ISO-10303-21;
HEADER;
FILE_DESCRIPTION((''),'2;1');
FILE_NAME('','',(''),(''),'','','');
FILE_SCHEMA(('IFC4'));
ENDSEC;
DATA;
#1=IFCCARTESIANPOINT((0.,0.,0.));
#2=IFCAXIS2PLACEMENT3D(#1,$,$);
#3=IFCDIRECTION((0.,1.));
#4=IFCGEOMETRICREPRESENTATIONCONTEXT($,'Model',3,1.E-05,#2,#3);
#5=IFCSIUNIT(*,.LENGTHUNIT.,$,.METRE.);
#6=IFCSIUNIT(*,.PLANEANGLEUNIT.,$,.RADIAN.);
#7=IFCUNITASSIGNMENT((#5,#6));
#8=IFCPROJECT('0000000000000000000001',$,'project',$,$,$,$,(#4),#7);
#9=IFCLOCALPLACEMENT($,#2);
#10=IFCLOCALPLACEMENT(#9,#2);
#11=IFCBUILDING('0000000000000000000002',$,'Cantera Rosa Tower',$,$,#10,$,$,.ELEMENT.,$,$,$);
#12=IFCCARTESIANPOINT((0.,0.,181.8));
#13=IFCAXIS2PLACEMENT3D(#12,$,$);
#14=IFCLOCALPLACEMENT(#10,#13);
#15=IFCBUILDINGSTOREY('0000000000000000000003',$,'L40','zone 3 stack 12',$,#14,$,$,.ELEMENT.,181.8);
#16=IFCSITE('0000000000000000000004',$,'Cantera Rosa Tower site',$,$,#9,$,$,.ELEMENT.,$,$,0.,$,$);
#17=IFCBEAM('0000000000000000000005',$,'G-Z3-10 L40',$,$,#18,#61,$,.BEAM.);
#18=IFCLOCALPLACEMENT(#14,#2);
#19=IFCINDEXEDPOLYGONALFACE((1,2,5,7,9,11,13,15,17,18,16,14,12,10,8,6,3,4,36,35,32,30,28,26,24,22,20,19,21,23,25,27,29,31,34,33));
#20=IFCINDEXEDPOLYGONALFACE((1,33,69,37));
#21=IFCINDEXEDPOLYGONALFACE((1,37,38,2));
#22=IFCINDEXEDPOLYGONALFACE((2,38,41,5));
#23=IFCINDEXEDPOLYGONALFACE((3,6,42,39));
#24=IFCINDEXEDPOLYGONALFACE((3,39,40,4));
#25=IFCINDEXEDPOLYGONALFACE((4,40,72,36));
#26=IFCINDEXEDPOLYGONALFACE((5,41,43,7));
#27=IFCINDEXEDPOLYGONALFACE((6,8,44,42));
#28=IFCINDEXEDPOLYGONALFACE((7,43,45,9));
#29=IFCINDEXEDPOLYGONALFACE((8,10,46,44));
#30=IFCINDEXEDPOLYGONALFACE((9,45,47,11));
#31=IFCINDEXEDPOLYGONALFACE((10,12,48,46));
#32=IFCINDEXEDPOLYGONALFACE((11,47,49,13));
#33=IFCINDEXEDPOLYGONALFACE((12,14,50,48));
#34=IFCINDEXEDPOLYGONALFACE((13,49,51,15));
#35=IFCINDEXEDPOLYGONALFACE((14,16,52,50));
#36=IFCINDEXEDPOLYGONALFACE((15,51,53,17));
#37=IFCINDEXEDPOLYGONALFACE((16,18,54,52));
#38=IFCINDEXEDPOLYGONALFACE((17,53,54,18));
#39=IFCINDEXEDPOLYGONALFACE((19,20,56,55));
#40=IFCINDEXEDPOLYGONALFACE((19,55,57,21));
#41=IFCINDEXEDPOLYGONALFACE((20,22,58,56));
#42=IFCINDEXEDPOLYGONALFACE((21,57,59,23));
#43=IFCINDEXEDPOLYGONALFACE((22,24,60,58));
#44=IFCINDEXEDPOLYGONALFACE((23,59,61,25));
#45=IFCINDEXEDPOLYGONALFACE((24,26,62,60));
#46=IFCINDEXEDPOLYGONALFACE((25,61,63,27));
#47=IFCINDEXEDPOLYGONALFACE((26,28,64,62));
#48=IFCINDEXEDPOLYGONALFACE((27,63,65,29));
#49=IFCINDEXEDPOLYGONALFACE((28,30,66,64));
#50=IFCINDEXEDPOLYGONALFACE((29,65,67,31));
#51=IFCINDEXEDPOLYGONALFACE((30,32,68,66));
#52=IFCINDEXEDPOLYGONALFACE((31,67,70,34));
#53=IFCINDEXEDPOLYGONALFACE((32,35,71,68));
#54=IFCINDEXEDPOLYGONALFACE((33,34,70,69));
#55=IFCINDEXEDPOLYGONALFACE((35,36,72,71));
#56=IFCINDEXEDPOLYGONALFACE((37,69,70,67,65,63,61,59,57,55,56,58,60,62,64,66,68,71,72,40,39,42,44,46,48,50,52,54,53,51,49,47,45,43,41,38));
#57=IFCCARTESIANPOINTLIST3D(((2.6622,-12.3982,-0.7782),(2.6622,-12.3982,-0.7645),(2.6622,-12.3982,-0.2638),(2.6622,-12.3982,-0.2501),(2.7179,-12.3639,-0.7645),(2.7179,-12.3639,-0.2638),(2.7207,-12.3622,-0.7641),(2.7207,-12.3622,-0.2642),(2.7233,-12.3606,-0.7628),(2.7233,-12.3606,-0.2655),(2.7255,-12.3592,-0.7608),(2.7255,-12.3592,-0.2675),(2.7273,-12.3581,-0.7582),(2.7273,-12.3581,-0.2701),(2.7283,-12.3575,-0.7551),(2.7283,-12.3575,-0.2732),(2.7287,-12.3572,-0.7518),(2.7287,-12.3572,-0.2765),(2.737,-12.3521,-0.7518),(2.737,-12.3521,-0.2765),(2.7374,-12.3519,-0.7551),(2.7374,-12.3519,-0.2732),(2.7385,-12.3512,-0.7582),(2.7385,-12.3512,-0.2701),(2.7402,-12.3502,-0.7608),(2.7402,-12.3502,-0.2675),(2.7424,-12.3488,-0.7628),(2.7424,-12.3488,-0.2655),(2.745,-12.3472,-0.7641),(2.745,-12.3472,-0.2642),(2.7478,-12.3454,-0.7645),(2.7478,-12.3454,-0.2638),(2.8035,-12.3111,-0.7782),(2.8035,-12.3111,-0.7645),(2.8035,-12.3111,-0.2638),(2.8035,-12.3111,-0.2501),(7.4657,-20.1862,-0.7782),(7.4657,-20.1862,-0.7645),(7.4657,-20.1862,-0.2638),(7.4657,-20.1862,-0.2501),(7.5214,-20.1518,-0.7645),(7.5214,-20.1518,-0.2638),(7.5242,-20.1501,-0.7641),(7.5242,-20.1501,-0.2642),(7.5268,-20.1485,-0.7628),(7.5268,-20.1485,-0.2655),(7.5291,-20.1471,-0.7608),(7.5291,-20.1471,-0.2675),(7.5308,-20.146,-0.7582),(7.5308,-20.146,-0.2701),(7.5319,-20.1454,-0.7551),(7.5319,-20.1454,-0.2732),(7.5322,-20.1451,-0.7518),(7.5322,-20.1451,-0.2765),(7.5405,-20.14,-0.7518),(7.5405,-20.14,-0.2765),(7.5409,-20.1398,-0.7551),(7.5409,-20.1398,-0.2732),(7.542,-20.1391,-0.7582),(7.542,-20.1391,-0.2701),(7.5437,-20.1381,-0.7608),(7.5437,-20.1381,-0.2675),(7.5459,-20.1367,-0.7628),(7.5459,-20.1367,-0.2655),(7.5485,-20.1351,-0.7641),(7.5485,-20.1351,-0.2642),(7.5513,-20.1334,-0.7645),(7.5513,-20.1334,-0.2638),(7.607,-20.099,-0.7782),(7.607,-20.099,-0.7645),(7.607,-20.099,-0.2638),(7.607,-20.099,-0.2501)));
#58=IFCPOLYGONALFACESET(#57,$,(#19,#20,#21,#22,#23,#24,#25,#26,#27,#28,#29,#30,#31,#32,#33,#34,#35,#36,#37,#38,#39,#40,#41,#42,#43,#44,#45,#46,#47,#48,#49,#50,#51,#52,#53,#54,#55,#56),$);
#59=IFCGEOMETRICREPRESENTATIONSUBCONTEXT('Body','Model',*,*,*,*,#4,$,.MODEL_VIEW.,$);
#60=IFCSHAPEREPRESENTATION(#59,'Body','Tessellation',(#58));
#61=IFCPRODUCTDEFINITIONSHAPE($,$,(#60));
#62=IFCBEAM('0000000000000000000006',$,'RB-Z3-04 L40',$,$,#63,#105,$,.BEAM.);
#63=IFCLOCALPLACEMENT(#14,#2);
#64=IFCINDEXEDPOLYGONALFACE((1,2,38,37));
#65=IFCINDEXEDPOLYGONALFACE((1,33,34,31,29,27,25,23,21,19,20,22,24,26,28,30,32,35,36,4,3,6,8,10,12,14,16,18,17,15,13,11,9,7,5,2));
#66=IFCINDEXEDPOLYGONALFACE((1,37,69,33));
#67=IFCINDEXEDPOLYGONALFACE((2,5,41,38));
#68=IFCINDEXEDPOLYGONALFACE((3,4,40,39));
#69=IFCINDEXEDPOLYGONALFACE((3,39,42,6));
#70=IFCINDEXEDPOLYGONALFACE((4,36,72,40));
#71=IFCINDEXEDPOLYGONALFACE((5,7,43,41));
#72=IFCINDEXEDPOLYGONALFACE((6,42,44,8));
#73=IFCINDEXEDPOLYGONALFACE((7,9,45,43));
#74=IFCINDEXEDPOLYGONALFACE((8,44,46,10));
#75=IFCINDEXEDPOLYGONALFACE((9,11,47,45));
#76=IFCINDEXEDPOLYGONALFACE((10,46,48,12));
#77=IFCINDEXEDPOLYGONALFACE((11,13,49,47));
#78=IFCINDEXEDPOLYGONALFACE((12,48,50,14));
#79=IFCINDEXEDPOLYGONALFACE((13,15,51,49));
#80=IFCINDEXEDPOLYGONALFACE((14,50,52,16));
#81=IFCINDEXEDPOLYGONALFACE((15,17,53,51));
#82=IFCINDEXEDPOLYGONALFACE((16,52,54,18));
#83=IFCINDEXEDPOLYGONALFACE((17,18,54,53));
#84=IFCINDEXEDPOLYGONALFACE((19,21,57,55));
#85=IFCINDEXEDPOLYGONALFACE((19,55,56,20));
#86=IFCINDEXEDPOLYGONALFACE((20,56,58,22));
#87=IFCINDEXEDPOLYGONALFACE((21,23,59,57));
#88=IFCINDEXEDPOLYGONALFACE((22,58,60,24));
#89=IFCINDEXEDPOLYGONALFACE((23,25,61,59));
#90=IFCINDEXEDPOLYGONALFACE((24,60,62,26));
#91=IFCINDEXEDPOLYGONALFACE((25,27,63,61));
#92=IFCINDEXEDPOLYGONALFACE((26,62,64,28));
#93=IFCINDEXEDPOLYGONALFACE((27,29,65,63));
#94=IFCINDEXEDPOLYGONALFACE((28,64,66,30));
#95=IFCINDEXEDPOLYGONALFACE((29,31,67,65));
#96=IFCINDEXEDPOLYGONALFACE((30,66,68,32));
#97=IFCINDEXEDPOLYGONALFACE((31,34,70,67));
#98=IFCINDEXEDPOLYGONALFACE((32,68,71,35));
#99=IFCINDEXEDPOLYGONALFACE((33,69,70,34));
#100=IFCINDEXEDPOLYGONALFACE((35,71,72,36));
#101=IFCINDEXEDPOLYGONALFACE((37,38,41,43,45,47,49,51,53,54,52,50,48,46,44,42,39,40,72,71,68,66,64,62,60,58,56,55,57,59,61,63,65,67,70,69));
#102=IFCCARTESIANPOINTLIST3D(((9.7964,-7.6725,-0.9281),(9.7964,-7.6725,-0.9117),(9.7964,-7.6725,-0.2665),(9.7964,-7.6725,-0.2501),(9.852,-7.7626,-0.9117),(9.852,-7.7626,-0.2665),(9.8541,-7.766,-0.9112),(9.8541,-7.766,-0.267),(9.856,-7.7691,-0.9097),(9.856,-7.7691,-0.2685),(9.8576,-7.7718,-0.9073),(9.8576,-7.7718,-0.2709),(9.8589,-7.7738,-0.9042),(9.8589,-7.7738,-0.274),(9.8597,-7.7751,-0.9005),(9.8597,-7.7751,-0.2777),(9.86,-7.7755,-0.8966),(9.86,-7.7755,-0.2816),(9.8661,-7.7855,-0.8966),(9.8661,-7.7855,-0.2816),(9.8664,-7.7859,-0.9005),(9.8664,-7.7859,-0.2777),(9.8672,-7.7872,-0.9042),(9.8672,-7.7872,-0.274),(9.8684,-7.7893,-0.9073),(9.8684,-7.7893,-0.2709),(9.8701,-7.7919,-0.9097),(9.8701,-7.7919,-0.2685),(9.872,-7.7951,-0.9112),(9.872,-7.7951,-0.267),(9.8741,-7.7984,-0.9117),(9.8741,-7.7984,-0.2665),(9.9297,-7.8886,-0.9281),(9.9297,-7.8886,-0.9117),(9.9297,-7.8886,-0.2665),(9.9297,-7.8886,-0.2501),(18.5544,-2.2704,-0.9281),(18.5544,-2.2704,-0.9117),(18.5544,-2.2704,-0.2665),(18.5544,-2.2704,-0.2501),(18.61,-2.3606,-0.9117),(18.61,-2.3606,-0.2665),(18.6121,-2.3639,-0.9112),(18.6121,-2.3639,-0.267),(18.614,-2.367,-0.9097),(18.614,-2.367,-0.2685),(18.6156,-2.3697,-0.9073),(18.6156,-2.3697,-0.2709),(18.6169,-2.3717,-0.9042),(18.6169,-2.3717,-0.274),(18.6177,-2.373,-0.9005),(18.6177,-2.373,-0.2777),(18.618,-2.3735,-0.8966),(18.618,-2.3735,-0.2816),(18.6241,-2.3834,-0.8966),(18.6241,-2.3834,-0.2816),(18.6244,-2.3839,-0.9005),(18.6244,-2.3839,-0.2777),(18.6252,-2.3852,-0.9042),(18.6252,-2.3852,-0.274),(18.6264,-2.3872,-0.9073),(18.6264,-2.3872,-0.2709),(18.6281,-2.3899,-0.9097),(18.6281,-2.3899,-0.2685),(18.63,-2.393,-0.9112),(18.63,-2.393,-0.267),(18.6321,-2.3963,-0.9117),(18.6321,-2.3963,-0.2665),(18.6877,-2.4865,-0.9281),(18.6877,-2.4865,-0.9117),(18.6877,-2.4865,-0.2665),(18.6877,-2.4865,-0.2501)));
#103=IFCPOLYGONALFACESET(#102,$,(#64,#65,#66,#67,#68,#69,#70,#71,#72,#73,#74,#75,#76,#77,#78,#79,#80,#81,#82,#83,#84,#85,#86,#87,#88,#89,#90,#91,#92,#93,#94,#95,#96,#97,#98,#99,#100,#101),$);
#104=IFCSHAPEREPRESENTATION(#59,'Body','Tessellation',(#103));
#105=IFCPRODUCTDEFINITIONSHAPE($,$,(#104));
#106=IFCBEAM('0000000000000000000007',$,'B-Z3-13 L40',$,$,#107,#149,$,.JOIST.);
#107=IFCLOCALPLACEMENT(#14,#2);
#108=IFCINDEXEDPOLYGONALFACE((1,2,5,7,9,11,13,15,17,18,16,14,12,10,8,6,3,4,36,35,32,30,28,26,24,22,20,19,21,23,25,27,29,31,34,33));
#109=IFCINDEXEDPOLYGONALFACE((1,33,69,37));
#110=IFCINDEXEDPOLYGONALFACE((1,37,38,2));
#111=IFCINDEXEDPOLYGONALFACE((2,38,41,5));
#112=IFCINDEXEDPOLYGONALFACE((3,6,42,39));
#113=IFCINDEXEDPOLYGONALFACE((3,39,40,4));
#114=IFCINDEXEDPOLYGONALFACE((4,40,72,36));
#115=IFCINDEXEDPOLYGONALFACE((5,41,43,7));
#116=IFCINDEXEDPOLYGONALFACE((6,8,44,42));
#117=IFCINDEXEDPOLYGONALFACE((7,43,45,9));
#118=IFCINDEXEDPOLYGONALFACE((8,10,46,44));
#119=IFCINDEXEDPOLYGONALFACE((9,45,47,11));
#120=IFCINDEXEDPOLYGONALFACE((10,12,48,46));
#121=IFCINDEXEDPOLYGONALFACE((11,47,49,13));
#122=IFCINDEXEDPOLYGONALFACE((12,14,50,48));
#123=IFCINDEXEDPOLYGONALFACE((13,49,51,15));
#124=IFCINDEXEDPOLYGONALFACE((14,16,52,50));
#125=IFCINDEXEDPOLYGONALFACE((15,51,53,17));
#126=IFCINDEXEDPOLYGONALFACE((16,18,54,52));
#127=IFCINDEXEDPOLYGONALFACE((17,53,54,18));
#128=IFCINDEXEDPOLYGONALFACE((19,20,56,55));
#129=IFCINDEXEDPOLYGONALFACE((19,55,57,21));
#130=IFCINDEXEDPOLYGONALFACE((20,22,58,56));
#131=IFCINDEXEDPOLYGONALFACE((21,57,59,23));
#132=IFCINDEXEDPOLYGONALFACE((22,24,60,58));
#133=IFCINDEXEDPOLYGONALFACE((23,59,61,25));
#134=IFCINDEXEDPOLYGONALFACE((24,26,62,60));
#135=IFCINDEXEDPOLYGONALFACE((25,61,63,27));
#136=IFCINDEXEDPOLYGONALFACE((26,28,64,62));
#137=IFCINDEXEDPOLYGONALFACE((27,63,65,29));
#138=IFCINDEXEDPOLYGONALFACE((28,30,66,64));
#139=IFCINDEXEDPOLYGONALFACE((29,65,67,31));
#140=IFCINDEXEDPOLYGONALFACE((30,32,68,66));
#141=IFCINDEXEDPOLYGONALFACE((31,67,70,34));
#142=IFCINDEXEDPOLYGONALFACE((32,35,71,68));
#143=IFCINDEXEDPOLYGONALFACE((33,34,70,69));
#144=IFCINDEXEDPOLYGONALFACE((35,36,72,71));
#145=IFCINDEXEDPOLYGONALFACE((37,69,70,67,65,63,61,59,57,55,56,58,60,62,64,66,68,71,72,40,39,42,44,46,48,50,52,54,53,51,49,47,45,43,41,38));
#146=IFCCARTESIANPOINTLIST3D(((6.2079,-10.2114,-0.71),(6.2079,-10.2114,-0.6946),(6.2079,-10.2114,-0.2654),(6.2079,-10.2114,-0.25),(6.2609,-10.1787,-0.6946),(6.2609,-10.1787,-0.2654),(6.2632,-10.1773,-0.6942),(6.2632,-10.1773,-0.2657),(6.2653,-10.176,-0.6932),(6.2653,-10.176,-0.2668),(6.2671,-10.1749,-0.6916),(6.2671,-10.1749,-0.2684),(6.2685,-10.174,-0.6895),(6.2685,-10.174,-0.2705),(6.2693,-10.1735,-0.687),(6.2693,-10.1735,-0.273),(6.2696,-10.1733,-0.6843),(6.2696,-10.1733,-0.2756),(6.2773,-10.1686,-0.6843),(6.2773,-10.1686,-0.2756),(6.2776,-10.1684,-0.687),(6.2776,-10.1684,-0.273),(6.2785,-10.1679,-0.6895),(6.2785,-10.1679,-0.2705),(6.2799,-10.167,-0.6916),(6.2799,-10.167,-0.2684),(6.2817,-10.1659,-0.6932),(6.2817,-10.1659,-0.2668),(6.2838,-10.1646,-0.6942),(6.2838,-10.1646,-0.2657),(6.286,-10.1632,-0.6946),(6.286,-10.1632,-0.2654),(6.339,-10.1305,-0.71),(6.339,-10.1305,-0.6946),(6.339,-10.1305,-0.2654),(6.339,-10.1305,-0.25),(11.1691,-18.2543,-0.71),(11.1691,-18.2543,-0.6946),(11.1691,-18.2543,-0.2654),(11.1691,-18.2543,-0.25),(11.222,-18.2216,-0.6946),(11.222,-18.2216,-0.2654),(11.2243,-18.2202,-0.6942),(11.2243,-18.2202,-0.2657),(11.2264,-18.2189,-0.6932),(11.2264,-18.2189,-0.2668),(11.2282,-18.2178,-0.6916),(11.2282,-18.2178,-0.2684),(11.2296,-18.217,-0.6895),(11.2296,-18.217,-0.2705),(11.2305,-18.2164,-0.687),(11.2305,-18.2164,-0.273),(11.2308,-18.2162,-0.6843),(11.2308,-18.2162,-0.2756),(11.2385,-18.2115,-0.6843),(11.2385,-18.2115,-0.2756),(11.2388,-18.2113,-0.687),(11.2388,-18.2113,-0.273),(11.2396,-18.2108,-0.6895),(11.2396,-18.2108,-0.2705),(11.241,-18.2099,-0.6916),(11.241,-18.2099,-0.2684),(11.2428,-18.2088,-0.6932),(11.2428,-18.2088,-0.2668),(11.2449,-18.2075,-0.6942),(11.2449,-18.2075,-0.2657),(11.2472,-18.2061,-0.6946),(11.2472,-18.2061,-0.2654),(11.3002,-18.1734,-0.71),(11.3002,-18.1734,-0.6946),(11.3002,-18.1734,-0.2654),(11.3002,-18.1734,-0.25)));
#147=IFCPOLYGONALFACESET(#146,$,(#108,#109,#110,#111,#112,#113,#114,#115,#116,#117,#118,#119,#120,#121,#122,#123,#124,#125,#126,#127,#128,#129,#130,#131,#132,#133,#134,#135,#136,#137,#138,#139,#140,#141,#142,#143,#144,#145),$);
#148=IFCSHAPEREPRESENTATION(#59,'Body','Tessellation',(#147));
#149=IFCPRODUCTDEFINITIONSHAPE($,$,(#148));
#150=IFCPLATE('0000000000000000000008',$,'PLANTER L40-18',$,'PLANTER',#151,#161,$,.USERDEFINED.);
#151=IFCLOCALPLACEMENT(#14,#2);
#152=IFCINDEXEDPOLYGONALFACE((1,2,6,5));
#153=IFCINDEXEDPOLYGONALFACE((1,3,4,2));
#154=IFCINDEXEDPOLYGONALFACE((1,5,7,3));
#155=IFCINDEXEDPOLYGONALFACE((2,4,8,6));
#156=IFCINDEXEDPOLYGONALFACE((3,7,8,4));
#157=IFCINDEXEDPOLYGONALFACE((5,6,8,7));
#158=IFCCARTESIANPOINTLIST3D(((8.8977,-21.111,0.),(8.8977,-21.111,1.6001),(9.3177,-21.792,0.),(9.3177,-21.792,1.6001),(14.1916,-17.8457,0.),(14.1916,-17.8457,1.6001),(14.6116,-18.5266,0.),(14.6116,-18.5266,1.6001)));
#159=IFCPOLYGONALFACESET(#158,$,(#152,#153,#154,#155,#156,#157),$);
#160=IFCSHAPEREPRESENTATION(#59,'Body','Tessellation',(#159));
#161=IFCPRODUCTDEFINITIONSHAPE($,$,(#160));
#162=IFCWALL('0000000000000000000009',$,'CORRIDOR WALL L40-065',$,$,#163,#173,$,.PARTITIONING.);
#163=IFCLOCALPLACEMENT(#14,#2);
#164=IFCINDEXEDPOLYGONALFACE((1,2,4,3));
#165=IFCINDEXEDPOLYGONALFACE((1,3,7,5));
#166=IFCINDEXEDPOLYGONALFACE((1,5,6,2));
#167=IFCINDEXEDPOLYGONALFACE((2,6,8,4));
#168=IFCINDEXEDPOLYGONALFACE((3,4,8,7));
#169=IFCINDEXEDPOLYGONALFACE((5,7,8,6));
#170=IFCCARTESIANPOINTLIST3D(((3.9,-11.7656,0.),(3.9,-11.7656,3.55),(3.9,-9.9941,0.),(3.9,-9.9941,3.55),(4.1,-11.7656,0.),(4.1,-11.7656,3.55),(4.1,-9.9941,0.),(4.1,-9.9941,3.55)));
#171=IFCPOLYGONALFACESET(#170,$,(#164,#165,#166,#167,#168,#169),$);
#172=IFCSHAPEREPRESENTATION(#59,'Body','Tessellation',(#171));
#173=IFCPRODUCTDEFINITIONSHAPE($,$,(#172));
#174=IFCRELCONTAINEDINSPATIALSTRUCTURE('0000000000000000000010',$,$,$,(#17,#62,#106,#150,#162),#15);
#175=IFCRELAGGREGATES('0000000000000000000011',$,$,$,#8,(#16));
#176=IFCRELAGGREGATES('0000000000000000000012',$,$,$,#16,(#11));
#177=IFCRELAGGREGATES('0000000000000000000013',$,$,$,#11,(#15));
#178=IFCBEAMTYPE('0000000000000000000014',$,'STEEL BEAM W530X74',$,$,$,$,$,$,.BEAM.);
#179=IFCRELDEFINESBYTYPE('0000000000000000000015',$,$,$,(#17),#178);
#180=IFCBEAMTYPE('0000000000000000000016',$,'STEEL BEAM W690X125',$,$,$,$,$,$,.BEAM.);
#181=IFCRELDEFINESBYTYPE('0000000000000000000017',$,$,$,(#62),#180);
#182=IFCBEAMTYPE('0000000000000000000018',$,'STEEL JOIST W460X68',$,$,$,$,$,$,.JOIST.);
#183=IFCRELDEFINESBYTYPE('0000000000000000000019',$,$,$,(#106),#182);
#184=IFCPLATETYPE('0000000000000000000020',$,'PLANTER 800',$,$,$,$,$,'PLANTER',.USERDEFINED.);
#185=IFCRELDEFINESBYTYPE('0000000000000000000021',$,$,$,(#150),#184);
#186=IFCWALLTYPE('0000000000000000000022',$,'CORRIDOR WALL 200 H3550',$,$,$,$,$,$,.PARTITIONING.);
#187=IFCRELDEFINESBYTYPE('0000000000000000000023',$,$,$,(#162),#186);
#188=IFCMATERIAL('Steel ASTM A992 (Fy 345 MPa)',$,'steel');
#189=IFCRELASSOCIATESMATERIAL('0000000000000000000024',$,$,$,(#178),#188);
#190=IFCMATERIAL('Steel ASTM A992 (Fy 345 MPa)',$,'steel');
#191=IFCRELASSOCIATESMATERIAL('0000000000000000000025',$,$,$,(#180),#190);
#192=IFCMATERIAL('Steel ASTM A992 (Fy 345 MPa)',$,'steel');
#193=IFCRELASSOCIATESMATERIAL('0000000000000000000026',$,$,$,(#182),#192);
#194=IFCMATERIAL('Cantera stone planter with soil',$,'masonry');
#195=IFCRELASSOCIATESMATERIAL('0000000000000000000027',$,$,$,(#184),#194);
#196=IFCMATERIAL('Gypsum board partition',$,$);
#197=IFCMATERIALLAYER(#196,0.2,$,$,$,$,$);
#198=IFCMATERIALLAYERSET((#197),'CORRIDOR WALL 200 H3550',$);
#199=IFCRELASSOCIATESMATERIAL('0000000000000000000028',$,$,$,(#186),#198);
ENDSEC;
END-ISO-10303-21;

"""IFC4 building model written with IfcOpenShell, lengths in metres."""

from ifc_helpers import new_model, si_unit, direction, frame, frame_2d, origin, origin_2d, place, context, subcontext, project, spatial, rectangle, i_section, extrude, material, layer, layer_set, material_profile, profile_set, type_object, element, save


model = new_model("IFC4")

# Units and contexts
model_context = context("Model", 3, precision=1e-05, world=origin(), true_north=direction((0.0, 1.0)))
body_context = subcontext(model_context, "Body", "Model", "MODEL_VIEW")
ifc_project = project(units=[si_unit("LENGTHUNIT", "METRE"), si_unit("PLANEANGLEUNIT", "RADIAN")], contexts=[model_context])

# Site, building, storey
site_placement = place(None, origin())
site = spatial("IfcSite", under=ifc_project, at=site_placement, Name="Cantera Rosa Tower site", CompositionType="ELEMENT", RefElevation=0.0)
building_placement = place(site_placement, origin())
building = spatial("IfcBuilding", under=site, at=building_placement, Name="Cantera Rosa Tower", CompositionType="ELEMENT")
storey_placement = place(building_placement, frame((0.0, 0.0, 181.8)))
storey = spatial("IfcBuildingStorey", under=building, at=storey_placement, Name="L40", Description="zone 3 stack 12", CompositionType="ELEMENT", Elevation=181.8)

# Beams
ifc_material_1 = material(Name="Steel ASTM A992 (Fy 345 MPa)", Category="steel")
ifc_material_profile_1 = material_profile(ifc_material_1, i_section(OverallWidth=0.166, OverallDepth=0.5281, WebThickness=0.0098, FlangeThickness=0.0137, FilletRadius=0.0127, at=origin_2d()), Name="W530X74")
ifc_profile_set_1 = profile_set([ifc_material_profile_1], Name="Steel ASTM A992 (Fy 345 MPa)")
beam_type_1 = type_object("IfcBeamType", Name="STEEL BEAM W530X74", PredefinedType="BEAM", material=ifc_profile_set_1)
beam_1_placement = place(storey_placement, frame((7.5364, -20.1426, -0.5142), z_axis=(-0.524965, 0.851124, 0.0), x_axis=(-0.851124, -0.524965, 0.0)))
element("IfcBeam", 1, at=beam_1_placement, inside=storey, type_object=beam_type_1, Name="G-Z3-10 L40", PredefinedType="BEAM", context=body_context, shape_type="SweptSolid", body=[
    extrude(i_section(OverallWidth=0.166, OverallDepth=0.5281, WebThickness=0.0098, FlangeThickness=0.0137, FilletRadius=0.0127, at=origin_2d()), origin(), (0.0, 0.0, 1.0), 9.1501),
])
ifc_material_2 = material(Name="Steel ASTM A992 (Fy 345 MPa)", Category="steel")
ifc_material_profile_2 = material_profile(ifc_material_2, i_section(OverallWidth=0.2539, OverallDepth=0.678, WebThickness=0.0117, FlangeThickness=0.0164, FilletRadius=0.0151, at=origin_2d()), Name="W690X125")
ifc_profile_set_2 = profile_set([ifc_material_profile_2], Name="Steel ASTM A992 (Fy 345 MPa)")
beam_type_2 = type_object("IfcBeamType", Name="STEEL BEAM W690X125", PredefinedType="BEAM", material=ifc_profile_set_2)
beam_2_placement = place(storey_placement, frame((9.863, -7.7805, -0.5891), z_axis=(0.851115, 0.52498, 0.0), x_axis=(-0.52498, 0.851115, 0.0)))
element("IfcBeam", 2, at=beam_2_placement, inside=storey, type_object=beam_type_2, Name="RB-Z3-04 L40", PredefinedType="BEAM", context=body_context, shape_type="SweptSolid", body=[
    extrude(i_section(OverallWidth=0.2539, OverallDepth=0.678, WebThickness=0.0117, FlangeThickness=0.0164, FilletRadius=0.0151, at=origin_2d()), origin(), (0.0, 0.0, 1.0), 10.29),
])
ifc_material_3 = material(Name="Steel ASTM A992 (Fy 345 MPa)", Category="steel")
ifc_material_profile_3 = material_profile(ifc_material_3, i_section(OverallWidth=0.1541, OverallDepth=0.46, WebThickness=0.009, FlangeThickness=0.0154, FilletRadius=0.0103, at=origin_2d()), Name="W460X68")
ifc_profile_set_3 = profile_set([ifc_material_profile_3], Name="Steel ASTM A992 (Fy 345 MPa)")
beam_type_3 = type_object("IfcBeamType", Name="STEEL JOIST W460X68", PredefinedType="JOIST", material=ifc_profile_set_3)
beam_3_placement = place(storey_placement, frame((11.2346, -18.2139, -0.48), z_axis=(-0.524992, 0.851107, 0.0), x_axis=(-0.851107, -0.524992, 0.0)))
element("IfcBeam", 3, at=beam_3_placement, inside=storey, type_object=beam_type_3, Name="B-Z3-13 L40", PredefinedType="JOIST", context=body_context, shape_type="SweptSolid", body=[
    extrude(i_section(OverallWidth=0.1541, OverallDepth=0.46, WebThickness=0.009, FlangeThickness=0.0154, FilletRadius=0.0103, at=origin_2d()), origin(), (0.0, 0.0, 1.0), 9.45),
])

# Plate
ifc_material_4 = material(Name="Cantera stone planter with soil", Category="masonry")
plate_type = type_object("IfcPlateType", Name="PLANTER 800", ElementType="PLANTER", PredefinedType="USERDEFINED", material=ifc_material_4)
plate_placement = place(storey_placement, frame((11.7546, -19.8188, 0.0), z_axis=(0.0, 0.0, 1.0), x_axis=(0.851117, 0.524977, 0.0)))
element("IfcPlate", 4, at=plate_placement, inside=storey, type_object=plate_type, Name="PLANTER L40-18", ObjectType="PLANTER", PredefinedType="USERDEFINED", context=body_context, shape_type="SweptSolid", body=[
    extrude(rectangle(XDim=6.22, YDim=0.8, at=origin_2d()), origin(), (0.0, 0.0, 1.0), 1.6001),
])

# Wall
ifc_material_5 = material(Name="Gypsum board partition")
ifc_layer_1 = layer(ifc_material_5, 0.2)
ifc_layer_set_1 = layer_set([ifc_layer_1], Name="CORRIDOR WALL 200 H3550")
wall_type_1 = type_object("IfcWallType", Name="CORRIDOR WALL 200 H3550", PredefinedType="PARTITIONING", material=ifc_layer_set_1)
wall_1_placement = place(storey_placement, frame((4.0, -11.7656, 0.0), z_axis=(0.0, 0.0, 1.0), x_axis=(0.0, 1.0, 0.0)))
element("IfcWall", 5, at=wall_1_placement, inside=storey, type_object=wall_type_1, Name="CORRIDOR WALL L40-065", PredefinedType="PARTITIONING", context=body_context, shape_type="SweptSolid", body=[
    extrude(rectangle(XDim=1.7715, YDim=0.2, at=frame_2d((0.8857, 0.0))), origin(), (0.0, 0.0, 1.0), 3.55),
])

save(model, "model.ifc")
